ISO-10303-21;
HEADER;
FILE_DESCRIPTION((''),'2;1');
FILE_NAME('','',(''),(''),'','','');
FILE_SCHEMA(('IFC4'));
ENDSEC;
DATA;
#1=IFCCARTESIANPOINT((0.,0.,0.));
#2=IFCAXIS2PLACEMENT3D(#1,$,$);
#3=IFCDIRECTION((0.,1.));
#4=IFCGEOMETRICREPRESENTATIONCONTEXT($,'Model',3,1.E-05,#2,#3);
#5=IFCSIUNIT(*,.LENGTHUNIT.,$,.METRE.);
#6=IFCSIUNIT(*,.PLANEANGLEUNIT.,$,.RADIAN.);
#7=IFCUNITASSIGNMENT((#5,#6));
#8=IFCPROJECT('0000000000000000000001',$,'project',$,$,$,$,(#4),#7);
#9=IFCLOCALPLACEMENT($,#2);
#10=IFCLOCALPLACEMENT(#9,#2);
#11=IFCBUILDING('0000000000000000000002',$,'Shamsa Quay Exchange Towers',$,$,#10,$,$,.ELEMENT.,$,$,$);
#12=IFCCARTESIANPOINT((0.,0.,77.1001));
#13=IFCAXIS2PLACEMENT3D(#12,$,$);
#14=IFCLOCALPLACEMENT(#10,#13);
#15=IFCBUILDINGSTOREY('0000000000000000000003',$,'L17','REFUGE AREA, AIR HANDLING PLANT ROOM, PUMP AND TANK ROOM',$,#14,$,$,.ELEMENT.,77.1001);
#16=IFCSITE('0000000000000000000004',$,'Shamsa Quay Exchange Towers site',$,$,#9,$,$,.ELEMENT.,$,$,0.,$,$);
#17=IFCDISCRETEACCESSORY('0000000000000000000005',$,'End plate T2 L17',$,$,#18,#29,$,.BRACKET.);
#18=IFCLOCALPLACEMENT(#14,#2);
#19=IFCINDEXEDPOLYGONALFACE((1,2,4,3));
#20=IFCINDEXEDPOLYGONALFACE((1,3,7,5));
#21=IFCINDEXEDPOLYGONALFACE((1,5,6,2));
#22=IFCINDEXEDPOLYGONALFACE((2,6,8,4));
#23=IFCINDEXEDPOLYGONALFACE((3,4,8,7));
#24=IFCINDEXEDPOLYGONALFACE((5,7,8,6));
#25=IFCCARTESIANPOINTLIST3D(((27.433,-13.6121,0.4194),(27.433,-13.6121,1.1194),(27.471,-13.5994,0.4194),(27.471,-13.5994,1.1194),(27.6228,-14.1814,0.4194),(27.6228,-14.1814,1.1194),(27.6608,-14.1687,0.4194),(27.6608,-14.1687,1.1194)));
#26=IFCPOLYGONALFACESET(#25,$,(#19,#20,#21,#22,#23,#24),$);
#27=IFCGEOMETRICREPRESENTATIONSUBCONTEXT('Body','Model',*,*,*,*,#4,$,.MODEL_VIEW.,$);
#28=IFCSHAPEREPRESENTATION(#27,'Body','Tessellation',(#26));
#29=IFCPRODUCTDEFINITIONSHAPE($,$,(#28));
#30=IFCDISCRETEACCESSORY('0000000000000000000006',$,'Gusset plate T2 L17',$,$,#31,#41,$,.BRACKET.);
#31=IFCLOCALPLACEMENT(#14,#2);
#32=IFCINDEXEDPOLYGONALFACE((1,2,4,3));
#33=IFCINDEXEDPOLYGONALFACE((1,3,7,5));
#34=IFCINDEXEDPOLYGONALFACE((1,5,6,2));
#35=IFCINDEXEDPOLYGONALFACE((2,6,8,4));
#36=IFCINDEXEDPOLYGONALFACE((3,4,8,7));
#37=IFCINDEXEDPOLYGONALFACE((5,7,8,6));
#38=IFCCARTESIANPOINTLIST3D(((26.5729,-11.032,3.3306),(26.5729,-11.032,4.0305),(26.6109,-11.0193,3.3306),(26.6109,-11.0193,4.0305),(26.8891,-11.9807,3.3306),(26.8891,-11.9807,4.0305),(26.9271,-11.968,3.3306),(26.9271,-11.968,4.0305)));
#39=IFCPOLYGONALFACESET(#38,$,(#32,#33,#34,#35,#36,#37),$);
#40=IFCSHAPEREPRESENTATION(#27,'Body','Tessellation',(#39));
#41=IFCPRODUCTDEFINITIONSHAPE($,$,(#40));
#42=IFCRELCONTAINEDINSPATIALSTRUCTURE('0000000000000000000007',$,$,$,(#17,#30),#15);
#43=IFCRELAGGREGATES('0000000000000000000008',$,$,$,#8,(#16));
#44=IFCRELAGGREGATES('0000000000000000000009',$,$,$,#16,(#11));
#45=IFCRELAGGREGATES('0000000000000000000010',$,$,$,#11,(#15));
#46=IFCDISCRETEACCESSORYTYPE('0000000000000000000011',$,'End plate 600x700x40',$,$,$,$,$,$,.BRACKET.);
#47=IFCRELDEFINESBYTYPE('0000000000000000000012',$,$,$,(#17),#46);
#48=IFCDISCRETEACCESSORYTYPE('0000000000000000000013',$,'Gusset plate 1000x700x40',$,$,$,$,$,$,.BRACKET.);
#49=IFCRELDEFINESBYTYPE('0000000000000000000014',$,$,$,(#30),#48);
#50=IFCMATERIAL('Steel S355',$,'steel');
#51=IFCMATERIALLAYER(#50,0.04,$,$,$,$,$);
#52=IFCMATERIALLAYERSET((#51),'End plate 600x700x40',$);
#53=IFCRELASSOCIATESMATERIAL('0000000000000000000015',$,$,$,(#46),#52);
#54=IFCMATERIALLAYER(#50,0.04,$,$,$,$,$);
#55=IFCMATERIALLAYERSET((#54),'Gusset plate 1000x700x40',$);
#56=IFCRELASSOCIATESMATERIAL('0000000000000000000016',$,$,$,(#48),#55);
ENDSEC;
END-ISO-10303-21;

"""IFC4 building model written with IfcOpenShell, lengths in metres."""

from ifc_helpers import new_model, si_unit, direction, frame, origin, origin_2d, place, context, subcontext, project, spatial, rectangle, extrude, material, layer, layer_set, type_object, element, save


model = new_model("IFC4")

# Units and contexts
model_context = context("Model", 3, precision=1e-05, world=origin(), true_north=direction((0.0, 1.0)))
body_context = subcontext(model_context, "Body", "Model", "MODEL_VIEW")
ifc_project = project(units=[si_unit("LENGTHUNIT", "METRE"), si_unit("PLANEANGLEUNIT", "RADIAN")], contexts=[model_context])

# Site, building, storey
site_placement = place(None, origin())
site = spatial("IfcSite", under=ifc_project, at=site_placement, Name="Shamsa Quay Exchange Towers site", CompositionType="ELEMENT", RefElevation=0.0)
building_placement = place(site_placement, origin())
building = spatial("IfcBuilding", under=site, at=building_placement, Name="Shamsa Quay Exchange Towers", CompositionType="ELEMENT")
storey_placement = place(building_placement, frame((0.0, 0.0, 77.1001)))
storey = spatial("IfcBuildingStorey", under=building, at=storey_placement, Name="L17", Description="REFUGE AREA, AIR HANDLING PLANT ROOM, PUMP AND TANK ROOM", CompositionType="ELEMENT", Elevation=77.1001)

# Shared definitions
ifc_material_1 = material(Name="Steel S355", Category="steel")

# Discrete accessories
ifc_layer_1 = layer(ifc_material_1, 0.04)
ifc_layer_set_1 = layer_set([ifc_layer_1], Name="End plate 600x700x40")
discrete_accessory_type_1 = type_object("IfcDiscreteAccessoryType", Name="End plate 600x700x40", PredefinedType="BRACKET", material=ifc_layer_set_1)
for number, where, z_axis, x_axis, name in (
    (1, (27.5469, -13.8904, 0.4194), (0.0, 0.0, 1.0), (0.316228, -0.948683, 0.0), "End plate T2 L17"),
):
    element("IfcDiscreteAccessory", number, at=place(storey_placement, frame(where, z_axis=z_axis, x_axis=x_axis)), inside=storey, type_object=discrete_accessory_type_1, Name=name, PredefinedType="BRACKET", context=body_context, shape_type="SweptSolid", body=[
        extrude(rectangle(XDim=0.6001, YDim=0.04, at=origin_2d()), origin(), (0.0, 0.0, 1.0), 0.7),
    ])
ifc_layer_2 = layer(ifc_material_1, 0.04)
ifc_layer_set_2 = layer_set([ifc_layer_2], Name="Gusset plate 1000x700x40")
discrete_accessory_type_2 = type_object("IfcDiscreteAccessoryType", Name="Gusset plate 1000x700x40", PredefinedType="BRACKET", material=ifc_layer_set_2)
discrete_accessory_placement = place(storey_placement, frame((26.75, -11.5, 3.3306), z_axis=(0.0, 0.0, 1.0), x_axis=(0.316228, -0.948683, 0.0)))
element("IfcDiscreteAccessory", 2, at=discrete_accessory_placement, inside=storey, type_object=discrete_accessory_type_2, Name="Gusset plate T2 L17", PredefinedType="BRACKET", context=body_context, shape_type="SweptSolid", body=[
    extrude(rectangle(XDim=1.0, YDim=0.04, at=origin_2d()), origin(), (0.0, 0.0, 1.0), 0.7),
])

save(model, "model.ifc")
